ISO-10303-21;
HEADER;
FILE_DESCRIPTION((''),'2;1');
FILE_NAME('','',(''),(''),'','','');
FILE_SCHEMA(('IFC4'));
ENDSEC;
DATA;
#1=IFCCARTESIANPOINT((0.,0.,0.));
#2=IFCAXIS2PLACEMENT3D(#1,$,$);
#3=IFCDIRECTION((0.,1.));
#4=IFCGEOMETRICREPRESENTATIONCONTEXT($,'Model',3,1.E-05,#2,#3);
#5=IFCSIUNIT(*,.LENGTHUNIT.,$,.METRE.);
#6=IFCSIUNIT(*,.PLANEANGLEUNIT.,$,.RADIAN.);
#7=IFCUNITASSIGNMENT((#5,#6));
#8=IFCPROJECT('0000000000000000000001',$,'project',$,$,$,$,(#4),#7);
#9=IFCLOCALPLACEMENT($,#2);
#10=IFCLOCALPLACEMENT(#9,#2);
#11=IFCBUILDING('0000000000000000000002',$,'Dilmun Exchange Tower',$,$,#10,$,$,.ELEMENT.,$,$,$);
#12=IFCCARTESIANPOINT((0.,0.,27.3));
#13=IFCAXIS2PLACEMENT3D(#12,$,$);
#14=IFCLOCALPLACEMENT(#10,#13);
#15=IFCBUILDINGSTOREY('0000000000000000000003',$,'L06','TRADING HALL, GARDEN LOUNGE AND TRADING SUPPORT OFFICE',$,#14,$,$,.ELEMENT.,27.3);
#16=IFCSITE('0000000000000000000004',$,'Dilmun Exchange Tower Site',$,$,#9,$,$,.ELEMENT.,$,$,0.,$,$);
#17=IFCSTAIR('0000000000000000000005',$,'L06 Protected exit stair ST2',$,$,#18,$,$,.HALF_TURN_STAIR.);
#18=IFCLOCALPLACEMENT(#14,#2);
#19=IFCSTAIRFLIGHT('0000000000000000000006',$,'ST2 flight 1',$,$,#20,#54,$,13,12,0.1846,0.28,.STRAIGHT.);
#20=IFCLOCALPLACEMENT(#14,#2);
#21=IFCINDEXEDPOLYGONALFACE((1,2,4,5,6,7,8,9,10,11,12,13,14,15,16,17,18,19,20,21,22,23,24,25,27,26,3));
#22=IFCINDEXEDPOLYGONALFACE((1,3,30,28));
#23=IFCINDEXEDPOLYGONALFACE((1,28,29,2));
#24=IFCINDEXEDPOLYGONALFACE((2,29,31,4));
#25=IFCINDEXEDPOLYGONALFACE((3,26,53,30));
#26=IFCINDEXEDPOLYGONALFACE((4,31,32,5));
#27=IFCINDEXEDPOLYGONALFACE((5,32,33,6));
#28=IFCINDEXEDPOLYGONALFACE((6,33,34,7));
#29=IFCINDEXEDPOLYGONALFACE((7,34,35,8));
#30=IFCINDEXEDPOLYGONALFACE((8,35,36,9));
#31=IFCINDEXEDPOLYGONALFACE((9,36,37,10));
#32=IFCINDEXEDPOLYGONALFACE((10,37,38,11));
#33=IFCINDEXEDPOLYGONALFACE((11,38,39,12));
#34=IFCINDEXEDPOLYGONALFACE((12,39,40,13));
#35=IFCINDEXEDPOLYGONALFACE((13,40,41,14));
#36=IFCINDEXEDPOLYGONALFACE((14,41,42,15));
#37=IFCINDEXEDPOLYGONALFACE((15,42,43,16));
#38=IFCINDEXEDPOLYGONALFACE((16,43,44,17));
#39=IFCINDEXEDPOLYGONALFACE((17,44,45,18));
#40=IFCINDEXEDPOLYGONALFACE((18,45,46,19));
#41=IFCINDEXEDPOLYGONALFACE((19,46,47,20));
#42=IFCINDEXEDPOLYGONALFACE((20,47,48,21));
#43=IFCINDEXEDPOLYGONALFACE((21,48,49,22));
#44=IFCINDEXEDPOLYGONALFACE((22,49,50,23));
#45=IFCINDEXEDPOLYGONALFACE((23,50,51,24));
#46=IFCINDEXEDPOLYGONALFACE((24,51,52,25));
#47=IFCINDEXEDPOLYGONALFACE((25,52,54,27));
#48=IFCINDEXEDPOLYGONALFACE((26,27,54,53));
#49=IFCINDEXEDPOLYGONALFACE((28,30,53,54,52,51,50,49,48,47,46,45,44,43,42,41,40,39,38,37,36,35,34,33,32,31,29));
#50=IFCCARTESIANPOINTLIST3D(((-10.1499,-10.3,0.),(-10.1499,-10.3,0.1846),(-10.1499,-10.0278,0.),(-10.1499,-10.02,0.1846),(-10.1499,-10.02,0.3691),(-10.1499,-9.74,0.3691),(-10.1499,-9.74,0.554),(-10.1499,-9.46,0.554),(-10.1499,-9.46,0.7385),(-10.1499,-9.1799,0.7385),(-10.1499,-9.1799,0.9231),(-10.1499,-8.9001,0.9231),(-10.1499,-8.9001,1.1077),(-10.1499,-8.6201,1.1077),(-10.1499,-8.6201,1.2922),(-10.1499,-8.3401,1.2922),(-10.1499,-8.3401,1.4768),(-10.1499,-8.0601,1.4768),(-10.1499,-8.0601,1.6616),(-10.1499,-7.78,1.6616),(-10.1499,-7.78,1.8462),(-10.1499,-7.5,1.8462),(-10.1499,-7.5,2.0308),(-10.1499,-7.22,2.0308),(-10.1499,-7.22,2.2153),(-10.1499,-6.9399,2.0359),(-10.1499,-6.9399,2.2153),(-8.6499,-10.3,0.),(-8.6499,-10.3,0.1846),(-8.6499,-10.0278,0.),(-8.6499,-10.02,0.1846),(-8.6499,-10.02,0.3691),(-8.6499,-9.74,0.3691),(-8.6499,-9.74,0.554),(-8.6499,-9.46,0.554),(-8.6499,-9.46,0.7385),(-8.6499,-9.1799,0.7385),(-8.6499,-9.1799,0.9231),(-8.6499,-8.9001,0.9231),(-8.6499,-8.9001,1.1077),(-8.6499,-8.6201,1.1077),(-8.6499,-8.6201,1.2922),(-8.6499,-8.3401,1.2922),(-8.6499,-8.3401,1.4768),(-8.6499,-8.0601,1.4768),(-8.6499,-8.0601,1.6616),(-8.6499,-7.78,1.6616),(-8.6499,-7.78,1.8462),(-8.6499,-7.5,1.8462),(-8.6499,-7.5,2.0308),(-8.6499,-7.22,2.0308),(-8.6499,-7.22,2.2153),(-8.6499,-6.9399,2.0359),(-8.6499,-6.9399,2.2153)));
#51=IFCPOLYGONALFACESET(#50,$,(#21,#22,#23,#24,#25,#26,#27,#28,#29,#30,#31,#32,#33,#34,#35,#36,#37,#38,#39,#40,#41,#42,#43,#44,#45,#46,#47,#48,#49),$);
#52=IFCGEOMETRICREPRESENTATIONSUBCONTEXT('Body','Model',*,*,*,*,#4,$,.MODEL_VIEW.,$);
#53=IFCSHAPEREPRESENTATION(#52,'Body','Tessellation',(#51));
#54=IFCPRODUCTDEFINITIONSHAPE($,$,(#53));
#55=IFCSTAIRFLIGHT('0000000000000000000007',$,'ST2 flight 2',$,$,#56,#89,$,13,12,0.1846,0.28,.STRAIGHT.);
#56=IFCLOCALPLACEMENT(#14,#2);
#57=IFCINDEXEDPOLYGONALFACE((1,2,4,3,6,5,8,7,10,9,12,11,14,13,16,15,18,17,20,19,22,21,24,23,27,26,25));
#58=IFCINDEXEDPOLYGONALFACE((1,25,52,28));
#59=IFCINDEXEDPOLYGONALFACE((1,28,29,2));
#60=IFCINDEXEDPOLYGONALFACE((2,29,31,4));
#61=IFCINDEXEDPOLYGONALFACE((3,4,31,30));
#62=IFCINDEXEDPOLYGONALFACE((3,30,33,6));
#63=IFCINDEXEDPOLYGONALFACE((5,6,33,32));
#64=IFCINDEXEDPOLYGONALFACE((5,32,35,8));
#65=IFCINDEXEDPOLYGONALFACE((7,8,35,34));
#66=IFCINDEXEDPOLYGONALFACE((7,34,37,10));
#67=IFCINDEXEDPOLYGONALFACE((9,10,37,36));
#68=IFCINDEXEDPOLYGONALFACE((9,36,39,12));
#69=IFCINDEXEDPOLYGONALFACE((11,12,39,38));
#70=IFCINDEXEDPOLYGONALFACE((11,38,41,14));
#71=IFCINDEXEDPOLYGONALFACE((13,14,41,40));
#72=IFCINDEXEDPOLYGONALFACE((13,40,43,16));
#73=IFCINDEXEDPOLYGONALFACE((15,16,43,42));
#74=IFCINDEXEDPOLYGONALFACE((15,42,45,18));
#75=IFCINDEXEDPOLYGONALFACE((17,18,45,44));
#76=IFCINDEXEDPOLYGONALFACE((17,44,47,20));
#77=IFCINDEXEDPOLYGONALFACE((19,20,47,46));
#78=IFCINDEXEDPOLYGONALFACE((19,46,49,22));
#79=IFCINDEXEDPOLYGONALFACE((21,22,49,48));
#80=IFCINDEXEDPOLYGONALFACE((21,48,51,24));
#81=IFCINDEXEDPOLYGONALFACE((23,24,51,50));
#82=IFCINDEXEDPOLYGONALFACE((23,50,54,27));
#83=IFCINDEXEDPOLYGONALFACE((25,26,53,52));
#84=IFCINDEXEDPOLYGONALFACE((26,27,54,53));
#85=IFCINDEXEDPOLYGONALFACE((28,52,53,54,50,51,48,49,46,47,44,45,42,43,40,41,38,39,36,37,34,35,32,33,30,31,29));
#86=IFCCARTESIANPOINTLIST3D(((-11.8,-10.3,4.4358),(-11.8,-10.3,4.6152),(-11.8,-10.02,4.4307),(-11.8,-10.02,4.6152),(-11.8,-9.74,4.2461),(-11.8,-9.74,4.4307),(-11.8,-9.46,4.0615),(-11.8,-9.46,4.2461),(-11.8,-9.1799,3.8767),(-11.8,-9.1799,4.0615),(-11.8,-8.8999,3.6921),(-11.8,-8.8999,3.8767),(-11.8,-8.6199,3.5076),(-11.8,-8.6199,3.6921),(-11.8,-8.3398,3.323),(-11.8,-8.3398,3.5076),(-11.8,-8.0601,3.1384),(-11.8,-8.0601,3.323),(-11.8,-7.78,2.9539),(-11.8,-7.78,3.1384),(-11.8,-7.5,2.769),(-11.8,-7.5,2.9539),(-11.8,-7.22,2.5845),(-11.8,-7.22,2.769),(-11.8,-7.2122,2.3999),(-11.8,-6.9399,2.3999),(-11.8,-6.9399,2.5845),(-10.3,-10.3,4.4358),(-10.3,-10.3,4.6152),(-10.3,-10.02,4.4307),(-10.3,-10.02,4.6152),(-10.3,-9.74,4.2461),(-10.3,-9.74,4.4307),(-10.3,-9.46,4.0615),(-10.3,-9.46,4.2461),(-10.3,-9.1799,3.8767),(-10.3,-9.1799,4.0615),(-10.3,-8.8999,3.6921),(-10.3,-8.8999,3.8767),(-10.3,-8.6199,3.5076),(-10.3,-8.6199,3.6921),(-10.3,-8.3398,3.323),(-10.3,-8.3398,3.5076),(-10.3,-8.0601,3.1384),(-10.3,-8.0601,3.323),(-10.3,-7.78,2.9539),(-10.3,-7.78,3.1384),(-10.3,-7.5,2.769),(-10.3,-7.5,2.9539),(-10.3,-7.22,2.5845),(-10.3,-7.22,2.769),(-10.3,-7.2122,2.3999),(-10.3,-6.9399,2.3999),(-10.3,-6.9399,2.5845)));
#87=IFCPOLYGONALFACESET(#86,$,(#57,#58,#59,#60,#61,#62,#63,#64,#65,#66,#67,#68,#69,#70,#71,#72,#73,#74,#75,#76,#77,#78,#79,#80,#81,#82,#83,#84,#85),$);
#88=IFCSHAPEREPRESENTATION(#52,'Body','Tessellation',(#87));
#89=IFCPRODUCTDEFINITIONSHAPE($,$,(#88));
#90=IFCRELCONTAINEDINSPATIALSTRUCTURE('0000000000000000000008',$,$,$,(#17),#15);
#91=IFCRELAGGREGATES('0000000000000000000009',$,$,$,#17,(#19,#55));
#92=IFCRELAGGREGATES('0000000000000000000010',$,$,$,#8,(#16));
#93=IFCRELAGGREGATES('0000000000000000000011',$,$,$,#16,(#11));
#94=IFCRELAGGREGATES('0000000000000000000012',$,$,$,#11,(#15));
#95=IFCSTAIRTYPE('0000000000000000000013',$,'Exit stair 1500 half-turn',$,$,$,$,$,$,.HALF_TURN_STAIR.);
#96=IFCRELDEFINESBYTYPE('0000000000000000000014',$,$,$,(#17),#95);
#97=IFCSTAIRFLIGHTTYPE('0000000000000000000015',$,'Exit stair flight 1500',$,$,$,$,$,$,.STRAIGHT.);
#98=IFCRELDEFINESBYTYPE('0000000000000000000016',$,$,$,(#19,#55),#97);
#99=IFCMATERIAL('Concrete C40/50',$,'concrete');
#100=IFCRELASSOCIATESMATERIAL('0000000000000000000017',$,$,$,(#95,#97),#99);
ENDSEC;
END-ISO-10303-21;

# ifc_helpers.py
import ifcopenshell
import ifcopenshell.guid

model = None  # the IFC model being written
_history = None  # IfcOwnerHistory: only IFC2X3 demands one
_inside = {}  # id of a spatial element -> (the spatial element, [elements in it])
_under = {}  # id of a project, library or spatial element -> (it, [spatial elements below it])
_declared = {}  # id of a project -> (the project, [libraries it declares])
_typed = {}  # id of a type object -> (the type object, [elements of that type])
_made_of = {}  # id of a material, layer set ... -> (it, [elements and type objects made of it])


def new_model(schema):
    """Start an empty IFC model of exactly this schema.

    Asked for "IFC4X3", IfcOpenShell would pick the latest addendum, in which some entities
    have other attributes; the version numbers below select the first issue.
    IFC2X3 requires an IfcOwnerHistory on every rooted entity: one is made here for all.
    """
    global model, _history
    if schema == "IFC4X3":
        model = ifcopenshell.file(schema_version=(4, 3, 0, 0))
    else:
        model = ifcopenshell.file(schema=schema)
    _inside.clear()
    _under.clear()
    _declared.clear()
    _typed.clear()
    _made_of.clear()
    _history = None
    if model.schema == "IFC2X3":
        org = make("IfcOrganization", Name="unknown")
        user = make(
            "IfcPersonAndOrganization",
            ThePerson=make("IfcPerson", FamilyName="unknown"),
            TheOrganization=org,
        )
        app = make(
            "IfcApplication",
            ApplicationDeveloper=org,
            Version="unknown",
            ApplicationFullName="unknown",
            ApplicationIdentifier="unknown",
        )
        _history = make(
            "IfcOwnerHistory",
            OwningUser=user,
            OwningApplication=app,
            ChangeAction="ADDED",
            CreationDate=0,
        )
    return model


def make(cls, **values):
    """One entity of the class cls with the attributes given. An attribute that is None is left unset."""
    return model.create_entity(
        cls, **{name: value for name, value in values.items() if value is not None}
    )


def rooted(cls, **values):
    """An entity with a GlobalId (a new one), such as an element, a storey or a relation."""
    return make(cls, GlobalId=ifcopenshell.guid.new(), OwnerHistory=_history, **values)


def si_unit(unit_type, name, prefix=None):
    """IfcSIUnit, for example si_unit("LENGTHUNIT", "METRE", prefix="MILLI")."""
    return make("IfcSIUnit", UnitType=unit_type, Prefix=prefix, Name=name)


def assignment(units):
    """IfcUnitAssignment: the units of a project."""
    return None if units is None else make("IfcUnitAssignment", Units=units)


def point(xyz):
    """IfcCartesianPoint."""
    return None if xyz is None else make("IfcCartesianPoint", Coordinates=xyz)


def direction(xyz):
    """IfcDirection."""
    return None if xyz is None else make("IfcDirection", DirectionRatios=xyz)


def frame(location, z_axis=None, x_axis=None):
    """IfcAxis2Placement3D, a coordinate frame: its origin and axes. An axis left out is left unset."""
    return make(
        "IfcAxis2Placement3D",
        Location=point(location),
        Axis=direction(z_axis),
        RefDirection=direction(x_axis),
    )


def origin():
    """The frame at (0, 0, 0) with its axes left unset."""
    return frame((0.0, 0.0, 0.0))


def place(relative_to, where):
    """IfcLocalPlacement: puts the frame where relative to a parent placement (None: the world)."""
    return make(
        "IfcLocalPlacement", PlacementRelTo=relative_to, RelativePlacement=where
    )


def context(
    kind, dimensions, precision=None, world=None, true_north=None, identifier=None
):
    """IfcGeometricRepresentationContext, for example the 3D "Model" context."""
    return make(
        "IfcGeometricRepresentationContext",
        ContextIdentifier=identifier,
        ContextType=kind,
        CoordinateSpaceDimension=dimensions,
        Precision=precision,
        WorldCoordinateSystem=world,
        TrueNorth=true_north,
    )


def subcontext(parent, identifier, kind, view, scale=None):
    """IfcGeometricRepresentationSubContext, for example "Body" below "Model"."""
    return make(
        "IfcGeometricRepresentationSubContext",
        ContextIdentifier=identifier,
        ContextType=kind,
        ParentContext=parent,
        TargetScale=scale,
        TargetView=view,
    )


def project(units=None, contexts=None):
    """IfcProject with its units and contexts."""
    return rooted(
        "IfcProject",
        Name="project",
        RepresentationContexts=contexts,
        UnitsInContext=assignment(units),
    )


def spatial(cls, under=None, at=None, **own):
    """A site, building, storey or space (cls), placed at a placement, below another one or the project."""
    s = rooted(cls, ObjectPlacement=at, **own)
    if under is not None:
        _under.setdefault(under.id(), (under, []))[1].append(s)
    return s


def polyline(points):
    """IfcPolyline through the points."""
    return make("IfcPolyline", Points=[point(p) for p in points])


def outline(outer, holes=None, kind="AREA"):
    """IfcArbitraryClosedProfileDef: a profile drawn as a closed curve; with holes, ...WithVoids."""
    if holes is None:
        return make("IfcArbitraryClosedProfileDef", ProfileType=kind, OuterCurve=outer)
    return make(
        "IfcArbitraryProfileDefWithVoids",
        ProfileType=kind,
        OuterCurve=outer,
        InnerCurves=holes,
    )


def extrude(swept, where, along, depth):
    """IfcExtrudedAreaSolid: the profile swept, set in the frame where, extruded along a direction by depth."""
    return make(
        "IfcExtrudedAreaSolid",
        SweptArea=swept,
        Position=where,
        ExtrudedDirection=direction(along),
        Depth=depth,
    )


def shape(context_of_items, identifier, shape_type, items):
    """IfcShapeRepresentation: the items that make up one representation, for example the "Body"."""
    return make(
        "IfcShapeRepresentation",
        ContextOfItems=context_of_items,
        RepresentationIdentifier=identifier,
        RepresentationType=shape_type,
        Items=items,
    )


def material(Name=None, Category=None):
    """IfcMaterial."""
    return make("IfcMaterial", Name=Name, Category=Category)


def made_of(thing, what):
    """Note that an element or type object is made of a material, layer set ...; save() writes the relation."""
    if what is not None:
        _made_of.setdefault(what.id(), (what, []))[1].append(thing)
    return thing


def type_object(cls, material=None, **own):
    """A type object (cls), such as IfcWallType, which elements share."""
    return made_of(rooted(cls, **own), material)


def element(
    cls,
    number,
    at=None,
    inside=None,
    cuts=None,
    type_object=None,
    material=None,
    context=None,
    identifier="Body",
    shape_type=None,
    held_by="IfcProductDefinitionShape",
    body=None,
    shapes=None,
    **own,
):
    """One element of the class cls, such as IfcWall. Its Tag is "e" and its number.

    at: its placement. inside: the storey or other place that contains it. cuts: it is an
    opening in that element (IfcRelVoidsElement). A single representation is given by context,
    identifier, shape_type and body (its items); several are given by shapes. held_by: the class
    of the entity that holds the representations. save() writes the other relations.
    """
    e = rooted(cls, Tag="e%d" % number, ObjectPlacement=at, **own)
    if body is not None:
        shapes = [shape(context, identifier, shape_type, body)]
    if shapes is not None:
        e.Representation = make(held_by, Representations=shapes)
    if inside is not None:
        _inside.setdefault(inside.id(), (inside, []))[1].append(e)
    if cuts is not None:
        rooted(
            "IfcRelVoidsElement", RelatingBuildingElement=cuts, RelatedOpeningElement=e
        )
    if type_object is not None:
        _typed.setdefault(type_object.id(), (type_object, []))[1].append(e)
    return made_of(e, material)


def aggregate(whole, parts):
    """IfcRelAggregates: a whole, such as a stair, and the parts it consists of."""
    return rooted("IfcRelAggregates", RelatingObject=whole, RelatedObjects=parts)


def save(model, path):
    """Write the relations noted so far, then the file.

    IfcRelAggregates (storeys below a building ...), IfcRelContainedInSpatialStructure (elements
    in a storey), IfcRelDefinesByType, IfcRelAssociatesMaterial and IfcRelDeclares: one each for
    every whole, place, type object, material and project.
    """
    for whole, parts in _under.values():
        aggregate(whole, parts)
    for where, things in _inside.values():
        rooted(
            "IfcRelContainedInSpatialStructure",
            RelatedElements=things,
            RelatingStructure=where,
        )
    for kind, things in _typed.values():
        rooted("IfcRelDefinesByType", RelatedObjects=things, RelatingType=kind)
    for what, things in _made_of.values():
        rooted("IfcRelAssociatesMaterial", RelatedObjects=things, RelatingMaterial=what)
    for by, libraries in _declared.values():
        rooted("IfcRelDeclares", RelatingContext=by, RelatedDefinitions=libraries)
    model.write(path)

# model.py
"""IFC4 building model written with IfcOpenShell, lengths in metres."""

from ifc_helpers import new_model, si_unit, direction, frame, origin, place, context, subcontext, project, spatial, polyline, outline, extrude, material, type_object, element, aggregate, save


model = new_model("IFC4")

# Units and contexts
model_context = context("Model", 3, precision=1e-05, world=origin(), true_north=direction((0.0, 1.0)))
body_context = subcontext(model_context, "Body", "Model", "MODEL_VIEW")
ifc_project = project(units=[si_unit("LENGTHUNIT", "METRE"), si_unit("PLANEANGLEUNIT", "RADIAN")], contexts=[model_context])

# Site, building, storey
site_placement = place(None, origin())
site = spatial("IfcSite", under=ifc_project, at=site_placement, Name="Dilmun Exchange Tower Site", CompositionType="ELEMENT", RefElevation=0.0)
building_placement = place(site_placement, origin())
building = spatial("IfcBuilding", under=site, at=building_placement, Name="Dilmun Exchange Tower", CompositionType="ELEMENT")
storey_placement = place(building_placement, frame((0.0, 0.0, 27.3)))
storey = spatial("IfcBuildingStorey", under=building, at=storey_placement, Name="L06", Description="TRADING HALL, GARDEN LOUNGE AND TRADING SUPPORT OFFICE", CompositionType="ELEMENT", Elevation=27.3)

# Shared definitions
ifc_material_1 = material(Name="Concrete C40/50", Category="concrete")

# Stair, stair flights
stair_type = type_object("IfcStairType", Name="Exit stair 1500 half-turn", PredefinedType="HALF_TURN_STAIR", material=ifc_material_1)
stair_placement = place(storey_placement, origin())
stair = element("IfcStair", 1, at=stair_placement, inside=storey, type_object=stair_type, Name="L06 Protected exit stair ST2", PredefinedType="HALF_TURN_STAIR")
stair_flight_type = type_object("IfcStairFlightType", Name="Exit stair flight 1500", PredefinedType="STRAIGHT", material=ifc_material_1)
stair_flight_1_placement = place(storey_placement, frame((-9.3999, -10.3, 0.0), z_axis=(0.0, 0.0, 1.0), x_axis=(0.0, 1.0, 0.0)))
stair_flight_1 = element("IfcStairFlight", 2, at=stair_flight_1_placement, type_object=stair_flight_type, Name="ST2 flight 1", NumberOfRisers=13, NumberOfTreads=12, PredefinedType="STRAIGHT", RiserHeight=0.1846, TreadLength=0.28, context=body_context, shape_type="SweptSolid", body=[
    extrude(outline(polyline([(0.0, 0.0), (0.0, 0.1846), (0.28, 0.1846), (0.28, 0.3691), (0.5601, 0.3691), (0.5601, 0.554), (0.8401, 0.554), (0.8401, 0.7385), (1.1201, 0.7385), (1.1201, 0.9231), (1.3999, 0.9231), (1.3999, 1.1077), (1.6799, 1.1077), (1.6799, 1.2922), (1.96, 1.2922), (1.96, 1.4768), (2.24, 1.4768), (2.24, 1.6616), (2.52, 1.6616), (2.52, 1.8462), (2.8, 1.8462), (2.8, 2.0308), (3.0801, 2.0308), (3.0801, 2.2153), (3.3601, 2.2153), (3.3601, 2.3999), (3.3601, 2.0359), (0.2722, 0.0), (0.0, 0.0)])), frame((0.0, 0.75, 0.0), z_axis=(0.0, -1.0, 0.0), x_axis=(1.0, 0.0, 0.0)), (0.0, 0.0, 1.0), 1.5),
])
stair_flight_2_placement = place(storey_placement, frame((-11.05, -6.9399, 2.3999), z_axis=(0.0, 0.0, 1.0), x_axis=(0.0, -1.0, 0.0)))
stair_flight_2 = element("IfcStairFlight", 3, at=stair_flight_2_placement, type_object=stair_flight_type, Name="ST2 flight 2", NumberOfRisers=13, NumberOfTreads=12, PredefinedType="STRAIGHT", RiserHeight=0.1846, TreadLength=0.28, context=body_context, shape_type="SweptSolid", body=[
    extrude(outline(polyline([(0.0, 0.0), (0.0, 0.1846), (0.28, 0.1846), (0.28, 0.3691), (0.5601, 0.3691), (0.5601, 0.554), (0.8401, 0.554), (0.8401, 0.7385), (1.1201, 0.7385), (1.1201, 0.9231), (1.3999, 0.9231), (1.3999, 1.1077), (1.6799, 1.1077), (1.6799, 1.2922), (1.96, 1.2922), (1.96, 1.4768), (2.24, 1.4768), (2.24, 1.6616), (2.52, 1.6616), (2.52, 1.8462), (2.8, 1.8462), (2.8, 2.0308), (3.0801, 2.0308), (3.0801, 2.2153), (3.3601, 2.2153), (3.3601, 2.3999), (3.3601, 2.0359), (0.2722, 0.0), (0.0, 0.0)])), frame((0.0, 0.75, 0.0), z_axis=(0.0, -1.0, 0.0), x_axis=(1.0, 0.0, 0.0)), (0.0, 0.0, 1.0), 1.5),
])
aggregate(stair, [stair_flight_1, stair_flight_2])

save(model, "model.ifc")
